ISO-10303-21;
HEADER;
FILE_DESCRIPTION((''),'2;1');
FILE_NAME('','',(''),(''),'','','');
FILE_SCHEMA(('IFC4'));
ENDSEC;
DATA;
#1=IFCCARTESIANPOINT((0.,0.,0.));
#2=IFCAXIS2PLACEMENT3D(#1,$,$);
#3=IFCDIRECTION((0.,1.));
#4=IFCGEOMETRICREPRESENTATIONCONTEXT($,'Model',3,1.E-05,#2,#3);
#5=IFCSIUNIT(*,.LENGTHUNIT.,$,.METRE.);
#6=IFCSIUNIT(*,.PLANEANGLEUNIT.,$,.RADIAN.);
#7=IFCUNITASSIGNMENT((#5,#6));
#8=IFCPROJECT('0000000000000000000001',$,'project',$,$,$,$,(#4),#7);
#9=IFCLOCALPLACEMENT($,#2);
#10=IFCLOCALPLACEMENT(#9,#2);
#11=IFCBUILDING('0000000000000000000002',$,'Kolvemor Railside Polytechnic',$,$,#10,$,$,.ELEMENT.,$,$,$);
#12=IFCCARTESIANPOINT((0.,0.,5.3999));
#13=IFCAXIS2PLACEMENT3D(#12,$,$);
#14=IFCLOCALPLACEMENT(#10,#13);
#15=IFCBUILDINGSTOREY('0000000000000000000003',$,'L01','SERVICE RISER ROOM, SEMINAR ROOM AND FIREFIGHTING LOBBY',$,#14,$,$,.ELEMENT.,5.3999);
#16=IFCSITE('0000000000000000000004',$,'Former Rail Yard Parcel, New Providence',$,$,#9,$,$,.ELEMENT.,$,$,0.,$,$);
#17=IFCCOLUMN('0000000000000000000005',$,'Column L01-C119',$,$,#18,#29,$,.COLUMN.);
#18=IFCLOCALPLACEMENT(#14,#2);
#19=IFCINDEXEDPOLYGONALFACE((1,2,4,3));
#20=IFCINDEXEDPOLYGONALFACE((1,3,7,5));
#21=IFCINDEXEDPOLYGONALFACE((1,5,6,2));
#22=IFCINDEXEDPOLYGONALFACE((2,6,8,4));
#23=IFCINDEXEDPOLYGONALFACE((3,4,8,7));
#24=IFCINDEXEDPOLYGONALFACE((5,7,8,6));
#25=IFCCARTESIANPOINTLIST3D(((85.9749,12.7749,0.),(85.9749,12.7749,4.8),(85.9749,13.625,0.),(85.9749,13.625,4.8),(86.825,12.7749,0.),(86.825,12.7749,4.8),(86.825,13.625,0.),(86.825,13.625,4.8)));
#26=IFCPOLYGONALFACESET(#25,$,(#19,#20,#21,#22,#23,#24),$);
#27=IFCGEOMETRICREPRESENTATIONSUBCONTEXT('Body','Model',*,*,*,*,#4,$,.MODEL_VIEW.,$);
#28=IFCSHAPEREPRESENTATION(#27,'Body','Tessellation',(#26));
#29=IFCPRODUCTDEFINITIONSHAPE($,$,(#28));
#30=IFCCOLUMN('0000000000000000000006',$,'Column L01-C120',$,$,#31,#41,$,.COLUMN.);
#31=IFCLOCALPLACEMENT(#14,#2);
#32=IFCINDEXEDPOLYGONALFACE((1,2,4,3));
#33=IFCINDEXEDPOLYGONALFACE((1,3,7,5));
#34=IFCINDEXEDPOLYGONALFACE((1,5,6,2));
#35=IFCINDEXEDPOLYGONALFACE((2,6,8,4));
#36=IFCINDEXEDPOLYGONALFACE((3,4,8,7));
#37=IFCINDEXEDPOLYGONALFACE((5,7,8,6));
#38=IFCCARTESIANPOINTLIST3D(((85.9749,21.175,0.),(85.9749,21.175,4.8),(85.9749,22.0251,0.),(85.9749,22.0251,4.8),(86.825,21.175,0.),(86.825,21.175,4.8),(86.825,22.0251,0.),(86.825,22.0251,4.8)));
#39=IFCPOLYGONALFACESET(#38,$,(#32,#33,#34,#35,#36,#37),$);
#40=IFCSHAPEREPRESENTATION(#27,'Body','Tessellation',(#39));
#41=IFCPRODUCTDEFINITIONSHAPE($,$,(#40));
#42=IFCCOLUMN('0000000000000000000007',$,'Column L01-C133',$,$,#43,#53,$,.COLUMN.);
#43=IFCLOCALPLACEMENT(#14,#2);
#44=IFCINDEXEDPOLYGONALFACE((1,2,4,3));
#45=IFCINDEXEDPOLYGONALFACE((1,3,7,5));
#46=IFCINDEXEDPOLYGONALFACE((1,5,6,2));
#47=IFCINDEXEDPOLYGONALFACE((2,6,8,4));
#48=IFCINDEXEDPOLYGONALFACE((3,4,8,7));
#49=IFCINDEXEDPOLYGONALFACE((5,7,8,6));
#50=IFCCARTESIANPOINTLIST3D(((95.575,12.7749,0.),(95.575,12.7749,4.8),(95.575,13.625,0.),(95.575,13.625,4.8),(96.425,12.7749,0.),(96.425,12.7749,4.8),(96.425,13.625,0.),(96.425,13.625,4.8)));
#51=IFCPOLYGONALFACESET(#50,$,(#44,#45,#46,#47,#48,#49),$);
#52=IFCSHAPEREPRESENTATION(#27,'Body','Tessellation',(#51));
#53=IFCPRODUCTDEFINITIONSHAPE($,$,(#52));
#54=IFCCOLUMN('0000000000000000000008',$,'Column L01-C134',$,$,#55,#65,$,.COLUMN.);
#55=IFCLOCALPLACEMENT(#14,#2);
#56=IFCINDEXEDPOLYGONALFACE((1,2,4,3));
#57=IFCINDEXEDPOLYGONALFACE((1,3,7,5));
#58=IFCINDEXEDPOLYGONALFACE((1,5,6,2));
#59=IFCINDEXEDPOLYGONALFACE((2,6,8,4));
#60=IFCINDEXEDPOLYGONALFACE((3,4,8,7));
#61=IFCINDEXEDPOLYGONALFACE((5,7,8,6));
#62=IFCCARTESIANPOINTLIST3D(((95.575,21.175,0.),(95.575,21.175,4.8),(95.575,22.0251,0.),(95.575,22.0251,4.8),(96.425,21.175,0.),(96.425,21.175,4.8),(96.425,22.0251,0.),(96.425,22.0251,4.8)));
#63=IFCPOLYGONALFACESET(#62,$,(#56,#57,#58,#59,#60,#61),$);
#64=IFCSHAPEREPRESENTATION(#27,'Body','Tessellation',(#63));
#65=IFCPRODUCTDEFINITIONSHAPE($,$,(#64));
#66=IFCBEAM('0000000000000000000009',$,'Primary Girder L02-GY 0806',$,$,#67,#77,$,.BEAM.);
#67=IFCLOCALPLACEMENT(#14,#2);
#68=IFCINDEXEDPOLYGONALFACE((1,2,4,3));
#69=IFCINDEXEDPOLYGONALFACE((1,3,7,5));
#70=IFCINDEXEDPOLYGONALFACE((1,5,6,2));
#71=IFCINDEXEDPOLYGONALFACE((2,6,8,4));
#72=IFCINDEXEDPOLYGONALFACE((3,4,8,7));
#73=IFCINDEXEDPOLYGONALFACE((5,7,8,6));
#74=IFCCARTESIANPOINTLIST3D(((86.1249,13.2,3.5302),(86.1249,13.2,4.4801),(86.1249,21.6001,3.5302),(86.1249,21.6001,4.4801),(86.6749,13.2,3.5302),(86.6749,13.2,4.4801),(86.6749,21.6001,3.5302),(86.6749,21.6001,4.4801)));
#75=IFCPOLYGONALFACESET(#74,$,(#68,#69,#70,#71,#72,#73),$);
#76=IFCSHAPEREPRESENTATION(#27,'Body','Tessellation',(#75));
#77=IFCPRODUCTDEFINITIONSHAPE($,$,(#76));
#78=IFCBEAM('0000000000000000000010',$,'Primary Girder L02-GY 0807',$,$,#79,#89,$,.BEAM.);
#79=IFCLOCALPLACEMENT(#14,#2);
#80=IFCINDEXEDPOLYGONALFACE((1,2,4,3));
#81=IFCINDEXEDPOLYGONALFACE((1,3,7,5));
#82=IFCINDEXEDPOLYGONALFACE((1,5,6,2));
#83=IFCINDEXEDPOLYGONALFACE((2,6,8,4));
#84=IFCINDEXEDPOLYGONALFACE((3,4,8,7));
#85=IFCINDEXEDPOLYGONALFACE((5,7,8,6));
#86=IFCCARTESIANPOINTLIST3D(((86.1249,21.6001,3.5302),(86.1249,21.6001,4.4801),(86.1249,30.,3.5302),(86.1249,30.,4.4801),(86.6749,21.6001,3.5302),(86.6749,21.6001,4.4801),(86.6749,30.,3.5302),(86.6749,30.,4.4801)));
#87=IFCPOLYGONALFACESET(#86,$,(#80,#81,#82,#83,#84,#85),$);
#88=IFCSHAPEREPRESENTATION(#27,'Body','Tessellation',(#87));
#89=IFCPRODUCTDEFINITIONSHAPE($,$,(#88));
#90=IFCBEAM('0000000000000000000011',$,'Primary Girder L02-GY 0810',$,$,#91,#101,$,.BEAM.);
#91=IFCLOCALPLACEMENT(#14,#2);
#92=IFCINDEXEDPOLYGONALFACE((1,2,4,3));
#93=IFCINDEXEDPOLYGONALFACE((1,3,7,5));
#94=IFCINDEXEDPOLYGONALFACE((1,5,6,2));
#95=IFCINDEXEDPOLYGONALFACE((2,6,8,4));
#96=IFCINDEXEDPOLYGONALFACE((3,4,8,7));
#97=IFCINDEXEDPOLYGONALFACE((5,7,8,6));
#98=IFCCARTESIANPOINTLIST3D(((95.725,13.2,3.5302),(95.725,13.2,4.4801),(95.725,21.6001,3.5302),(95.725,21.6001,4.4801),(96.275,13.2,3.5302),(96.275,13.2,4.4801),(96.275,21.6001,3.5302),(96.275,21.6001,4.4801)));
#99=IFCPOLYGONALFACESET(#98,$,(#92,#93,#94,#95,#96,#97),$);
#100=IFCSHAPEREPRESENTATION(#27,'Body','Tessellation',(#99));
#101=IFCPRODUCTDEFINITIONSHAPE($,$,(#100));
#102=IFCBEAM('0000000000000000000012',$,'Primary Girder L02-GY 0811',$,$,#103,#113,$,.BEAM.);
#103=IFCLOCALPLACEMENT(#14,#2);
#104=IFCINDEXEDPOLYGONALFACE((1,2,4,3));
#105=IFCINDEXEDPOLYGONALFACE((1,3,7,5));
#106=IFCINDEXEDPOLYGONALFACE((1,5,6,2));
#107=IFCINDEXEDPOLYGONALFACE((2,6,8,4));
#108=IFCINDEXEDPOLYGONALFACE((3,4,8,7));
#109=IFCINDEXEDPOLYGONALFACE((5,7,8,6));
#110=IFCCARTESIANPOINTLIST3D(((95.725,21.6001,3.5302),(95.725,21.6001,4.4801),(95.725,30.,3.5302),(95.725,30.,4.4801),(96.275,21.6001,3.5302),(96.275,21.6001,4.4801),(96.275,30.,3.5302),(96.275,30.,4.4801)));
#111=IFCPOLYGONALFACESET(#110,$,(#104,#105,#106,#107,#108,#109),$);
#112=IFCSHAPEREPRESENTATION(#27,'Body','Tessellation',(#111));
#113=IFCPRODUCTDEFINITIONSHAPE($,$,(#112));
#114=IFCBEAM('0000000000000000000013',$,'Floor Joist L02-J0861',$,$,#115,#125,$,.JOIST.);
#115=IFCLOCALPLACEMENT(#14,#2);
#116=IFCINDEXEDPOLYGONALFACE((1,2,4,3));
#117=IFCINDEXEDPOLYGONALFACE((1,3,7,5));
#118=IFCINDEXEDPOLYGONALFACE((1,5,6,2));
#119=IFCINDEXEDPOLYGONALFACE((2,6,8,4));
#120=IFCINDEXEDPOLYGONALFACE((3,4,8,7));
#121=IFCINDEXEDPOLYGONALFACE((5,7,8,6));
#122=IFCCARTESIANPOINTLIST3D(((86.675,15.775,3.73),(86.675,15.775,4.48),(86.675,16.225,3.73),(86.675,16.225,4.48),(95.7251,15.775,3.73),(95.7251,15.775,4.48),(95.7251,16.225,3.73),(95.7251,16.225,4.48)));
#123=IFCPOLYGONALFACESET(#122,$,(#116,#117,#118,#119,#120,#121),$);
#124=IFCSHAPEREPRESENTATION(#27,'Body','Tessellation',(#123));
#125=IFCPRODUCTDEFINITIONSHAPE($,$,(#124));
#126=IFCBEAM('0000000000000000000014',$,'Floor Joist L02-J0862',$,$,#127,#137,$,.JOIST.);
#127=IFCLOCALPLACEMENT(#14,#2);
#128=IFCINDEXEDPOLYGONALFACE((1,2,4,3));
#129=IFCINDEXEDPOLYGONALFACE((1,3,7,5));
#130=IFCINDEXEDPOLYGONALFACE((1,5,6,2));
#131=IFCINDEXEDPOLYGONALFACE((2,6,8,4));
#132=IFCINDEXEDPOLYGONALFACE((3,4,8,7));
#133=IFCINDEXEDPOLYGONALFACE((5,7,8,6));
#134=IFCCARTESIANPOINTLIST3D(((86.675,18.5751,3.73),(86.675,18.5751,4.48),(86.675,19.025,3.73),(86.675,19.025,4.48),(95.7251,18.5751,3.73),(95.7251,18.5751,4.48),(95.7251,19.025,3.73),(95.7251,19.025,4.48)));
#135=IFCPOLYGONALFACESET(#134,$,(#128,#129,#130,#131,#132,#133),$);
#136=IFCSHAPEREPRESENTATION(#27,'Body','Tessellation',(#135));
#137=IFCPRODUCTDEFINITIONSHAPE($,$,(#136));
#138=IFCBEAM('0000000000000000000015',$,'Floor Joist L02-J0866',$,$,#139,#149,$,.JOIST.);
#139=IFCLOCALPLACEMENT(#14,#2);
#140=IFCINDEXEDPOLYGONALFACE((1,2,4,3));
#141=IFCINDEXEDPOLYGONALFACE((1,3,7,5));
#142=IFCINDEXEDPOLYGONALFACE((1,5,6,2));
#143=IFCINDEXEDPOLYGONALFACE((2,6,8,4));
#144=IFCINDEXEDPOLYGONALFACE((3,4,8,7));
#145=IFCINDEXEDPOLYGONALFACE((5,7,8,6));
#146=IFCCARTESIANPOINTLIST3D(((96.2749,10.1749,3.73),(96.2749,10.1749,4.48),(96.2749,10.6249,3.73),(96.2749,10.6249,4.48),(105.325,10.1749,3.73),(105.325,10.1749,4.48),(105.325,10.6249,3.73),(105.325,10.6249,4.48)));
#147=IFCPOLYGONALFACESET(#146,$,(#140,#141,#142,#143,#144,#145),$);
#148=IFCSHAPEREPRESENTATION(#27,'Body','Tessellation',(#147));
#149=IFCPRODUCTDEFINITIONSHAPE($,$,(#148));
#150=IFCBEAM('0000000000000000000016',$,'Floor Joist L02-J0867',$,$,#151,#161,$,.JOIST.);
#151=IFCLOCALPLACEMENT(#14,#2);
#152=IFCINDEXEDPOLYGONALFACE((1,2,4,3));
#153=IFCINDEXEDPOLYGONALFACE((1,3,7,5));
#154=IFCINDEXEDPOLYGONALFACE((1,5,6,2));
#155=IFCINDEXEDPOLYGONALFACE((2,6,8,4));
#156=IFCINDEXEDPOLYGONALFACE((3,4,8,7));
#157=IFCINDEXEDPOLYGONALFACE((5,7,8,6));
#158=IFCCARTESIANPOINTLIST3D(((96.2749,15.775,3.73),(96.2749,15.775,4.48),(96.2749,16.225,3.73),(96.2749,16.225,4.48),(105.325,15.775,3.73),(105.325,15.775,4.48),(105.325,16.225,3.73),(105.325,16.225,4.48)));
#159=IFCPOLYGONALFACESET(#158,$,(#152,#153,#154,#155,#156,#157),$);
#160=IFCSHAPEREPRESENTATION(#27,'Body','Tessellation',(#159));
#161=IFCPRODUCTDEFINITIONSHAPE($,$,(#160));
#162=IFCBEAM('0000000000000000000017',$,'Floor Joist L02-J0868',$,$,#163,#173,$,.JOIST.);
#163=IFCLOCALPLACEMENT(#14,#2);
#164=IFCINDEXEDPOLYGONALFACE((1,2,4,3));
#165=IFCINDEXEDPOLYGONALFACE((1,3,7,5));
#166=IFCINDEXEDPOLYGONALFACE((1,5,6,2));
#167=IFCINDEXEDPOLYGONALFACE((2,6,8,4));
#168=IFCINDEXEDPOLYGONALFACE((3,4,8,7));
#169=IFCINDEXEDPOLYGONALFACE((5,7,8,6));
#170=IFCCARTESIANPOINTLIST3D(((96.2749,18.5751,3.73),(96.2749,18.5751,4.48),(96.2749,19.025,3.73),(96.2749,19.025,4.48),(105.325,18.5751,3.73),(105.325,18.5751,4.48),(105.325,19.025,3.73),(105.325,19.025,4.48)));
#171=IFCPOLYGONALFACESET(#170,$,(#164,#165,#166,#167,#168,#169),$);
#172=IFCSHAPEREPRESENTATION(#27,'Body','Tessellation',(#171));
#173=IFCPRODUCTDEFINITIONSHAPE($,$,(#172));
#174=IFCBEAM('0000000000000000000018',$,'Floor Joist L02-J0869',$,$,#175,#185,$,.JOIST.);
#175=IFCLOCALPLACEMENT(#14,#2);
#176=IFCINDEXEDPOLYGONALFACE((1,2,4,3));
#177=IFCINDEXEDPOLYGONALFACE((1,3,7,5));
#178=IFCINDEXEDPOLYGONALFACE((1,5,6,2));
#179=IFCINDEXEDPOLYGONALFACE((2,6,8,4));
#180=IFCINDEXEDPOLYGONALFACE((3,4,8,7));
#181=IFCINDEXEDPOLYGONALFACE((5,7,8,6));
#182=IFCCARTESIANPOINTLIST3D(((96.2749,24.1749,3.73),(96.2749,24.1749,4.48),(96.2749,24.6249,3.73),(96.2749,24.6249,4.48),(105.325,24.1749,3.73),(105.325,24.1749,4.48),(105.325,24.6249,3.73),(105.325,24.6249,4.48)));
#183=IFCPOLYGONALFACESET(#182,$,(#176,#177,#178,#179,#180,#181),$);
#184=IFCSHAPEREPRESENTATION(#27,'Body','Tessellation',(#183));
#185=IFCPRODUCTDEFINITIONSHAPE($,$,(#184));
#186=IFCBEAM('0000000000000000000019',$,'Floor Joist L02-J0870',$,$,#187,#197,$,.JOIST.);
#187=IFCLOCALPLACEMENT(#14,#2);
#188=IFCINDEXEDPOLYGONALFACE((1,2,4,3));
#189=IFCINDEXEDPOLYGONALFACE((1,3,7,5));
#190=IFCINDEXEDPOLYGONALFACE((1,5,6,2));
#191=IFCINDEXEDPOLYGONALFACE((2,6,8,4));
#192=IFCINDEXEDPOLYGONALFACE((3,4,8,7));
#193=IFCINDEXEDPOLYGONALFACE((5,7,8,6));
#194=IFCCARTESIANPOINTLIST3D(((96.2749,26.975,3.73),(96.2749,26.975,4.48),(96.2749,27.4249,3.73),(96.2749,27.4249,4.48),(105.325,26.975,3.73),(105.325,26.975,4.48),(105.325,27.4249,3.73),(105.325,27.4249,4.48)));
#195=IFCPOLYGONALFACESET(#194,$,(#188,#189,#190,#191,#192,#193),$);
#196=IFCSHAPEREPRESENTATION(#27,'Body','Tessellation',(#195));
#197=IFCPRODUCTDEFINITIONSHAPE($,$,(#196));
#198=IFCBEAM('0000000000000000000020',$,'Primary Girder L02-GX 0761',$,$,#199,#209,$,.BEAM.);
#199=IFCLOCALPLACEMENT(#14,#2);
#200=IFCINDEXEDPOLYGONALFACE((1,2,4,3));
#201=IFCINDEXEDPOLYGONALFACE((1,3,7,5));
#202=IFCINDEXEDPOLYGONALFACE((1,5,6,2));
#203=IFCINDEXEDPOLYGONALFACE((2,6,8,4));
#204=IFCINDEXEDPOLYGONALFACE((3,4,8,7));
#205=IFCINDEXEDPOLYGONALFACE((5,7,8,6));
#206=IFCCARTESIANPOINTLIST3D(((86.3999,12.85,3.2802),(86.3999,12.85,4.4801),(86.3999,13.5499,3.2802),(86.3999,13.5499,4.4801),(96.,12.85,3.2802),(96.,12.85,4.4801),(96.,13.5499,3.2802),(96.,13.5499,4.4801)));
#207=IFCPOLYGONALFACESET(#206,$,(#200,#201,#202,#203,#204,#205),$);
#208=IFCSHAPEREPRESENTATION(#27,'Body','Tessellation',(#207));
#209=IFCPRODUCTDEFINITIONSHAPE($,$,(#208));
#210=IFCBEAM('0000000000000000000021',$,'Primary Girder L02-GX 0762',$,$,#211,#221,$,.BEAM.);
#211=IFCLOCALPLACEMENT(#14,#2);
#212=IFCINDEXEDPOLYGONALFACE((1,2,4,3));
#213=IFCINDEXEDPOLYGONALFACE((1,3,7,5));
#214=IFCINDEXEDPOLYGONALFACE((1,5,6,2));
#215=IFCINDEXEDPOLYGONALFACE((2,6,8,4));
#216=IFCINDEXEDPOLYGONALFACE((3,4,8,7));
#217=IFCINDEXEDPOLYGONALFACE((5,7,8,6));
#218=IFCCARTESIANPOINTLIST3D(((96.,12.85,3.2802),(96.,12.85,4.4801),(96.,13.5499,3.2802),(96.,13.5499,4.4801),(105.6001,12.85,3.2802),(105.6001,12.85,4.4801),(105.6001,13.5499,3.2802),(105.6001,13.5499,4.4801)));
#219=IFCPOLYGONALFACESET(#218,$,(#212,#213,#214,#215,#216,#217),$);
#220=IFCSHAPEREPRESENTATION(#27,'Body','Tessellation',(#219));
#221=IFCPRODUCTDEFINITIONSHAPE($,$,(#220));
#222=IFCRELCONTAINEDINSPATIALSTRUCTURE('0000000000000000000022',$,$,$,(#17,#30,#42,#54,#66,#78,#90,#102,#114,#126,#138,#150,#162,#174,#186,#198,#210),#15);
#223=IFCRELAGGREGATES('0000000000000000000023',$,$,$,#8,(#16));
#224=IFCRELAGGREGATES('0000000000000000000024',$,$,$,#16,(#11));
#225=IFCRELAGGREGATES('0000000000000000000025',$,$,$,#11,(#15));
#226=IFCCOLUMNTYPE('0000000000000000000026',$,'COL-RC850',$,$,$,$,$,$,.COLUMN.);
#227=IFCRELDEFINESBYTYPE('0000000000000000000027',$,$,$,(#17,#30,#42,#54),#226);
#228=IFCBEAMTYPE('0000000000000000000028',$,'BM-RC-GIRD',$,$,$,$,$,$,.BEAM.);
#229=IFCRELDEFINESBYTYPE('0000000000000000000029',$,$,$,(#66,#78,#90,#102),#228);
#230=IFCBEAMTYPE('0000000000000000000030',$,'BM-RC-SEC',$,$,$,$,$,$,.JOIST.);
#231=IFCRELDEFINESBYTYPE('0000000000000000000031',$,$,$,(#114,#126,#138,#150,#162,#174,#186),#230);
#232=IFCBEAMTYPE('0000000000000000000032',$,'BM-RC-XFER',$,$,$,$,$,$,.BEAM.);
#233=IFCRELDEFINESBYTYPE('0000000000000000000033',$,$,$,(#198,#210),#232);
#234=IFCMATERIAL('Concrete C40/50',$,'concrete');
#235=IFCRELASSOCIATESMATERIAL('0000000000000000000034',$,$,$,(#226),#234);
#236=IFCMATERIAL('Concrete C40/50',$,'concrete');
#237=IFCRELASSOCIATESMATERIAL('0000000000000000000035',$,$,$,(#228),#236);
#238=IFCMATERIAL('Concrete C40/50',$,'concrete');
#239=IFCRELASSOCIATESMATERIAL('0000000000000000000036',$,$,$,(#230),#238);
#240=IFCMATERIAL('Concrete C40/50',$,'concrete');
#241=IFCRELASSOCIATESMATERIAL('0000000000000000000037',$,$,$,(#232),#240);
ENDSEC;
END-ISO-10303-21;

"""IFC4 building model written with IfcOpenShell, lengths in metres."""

from ifc_helpers import new_model, si_unit, direction, frame, origin, origin_2d, place, context, subcontext, project, spatial, rectangle, extrude, material, material_profile, profile_set, type_object, element, save


model = new_model("IFC4")

# Units and contexts
model_context = context("Model", 3, precision=1e-05, world=origin(), true_north=direction((0.0, 1.0)))
body_context = subcontext(model_context, "Body", "Model", "MODEL_VIEW")
ifc_project = project(units=[si_unit("LENGTHUNIT", "METRE"), si_unit("PLANEANGLEUNIT", "RADIAN")], contexts=[model_context])

# Site, building, storey
site_placement = place(None, origin())
site = spatial("IfcSite", under=ifc_project, at=site_placement, Name="Former Rail Yard Parcel, New Providence", CompositionType="ELEMENT", RefElevation=0.0)
building_placement = place(site_placement, origin())
building = spatial("IfcBuilding", under=site, at=building_placement, Name="Kolvemor Railside Polytechnic", CompositionType="ELEMENT")
storey_placement = place(building_placement, frame((0.0, 0.0, 5.3999)))
storey = spatial("IfcBuildingStorey", under=building, at=storey_placement, Name="L01", Description="SERVICE RISER ROOM, SEMINAR ROOM AND FIREFIGHTING LOBBY", CompositionType="ELEMENT", Elevation=5.3999)

# Columns
ifc_material_1 = material(Name="Concrete C40/50", Category="concrete")
ifc_material_profile_1 = material_profile(ifc_material_1, rectangle(XDim=0.8501, YDim=0.8501, at=origin_2d()), Name="RC850x850")
ifc_profile_set_1 = profile_set([ifc_material_profile_1], Name="Concrete C40/50")
column_type = type_object("IfcColumnType", Name="COL-RC850", PredefinedType="COLUMN", material=ifc_profile_set_1)
for number, where, z_axis, x_axis, name in (
    (1, (86.3999, 13.2, 0.0), (0.0, 0.0, 1.0), (1.0, 0.0, 0.0), "Column L01-C119"),
    (2, (86.3999, 21.6001, 0.0), (0.0, 0.0, 1.0), (1.0, 0.0, 0.0), "Column L01-C120"),
    (3, (96.0, 13.2, 0.0), (0.0, 0.0, 1.0), (1.0, 0.0, 0.0), "Column L01-C133"),
    (4, (96.0, 21.6001, 0.0), (0.0, 0.0, 1.0), (1.0, 0.0, 0.0), "Column L01-C134"),
):
    element("IfcColumn", number, at=place(storey_placement, frame(where, z_axis=z_axis, x_axis=x_axis)), inside=storey, type_object=column_type, Name=name, PredefinedType="COLUMN", context=body_context, shape_type="SweptSolid", body=[
        extrude(rectangle(XDim=0.8501, YDim=0.8501, at=origin_2d()), origin(), (0.0, 0.0, 1.0), 4.8),
    ])

# Beams
ifc_material_2 = material(Name="Concrete C40/50", Category="concrete")
ifc_material_profile_2 = material_profile(ifc_material_2, rectangle(XDim=0.55, YDim=0.95, at=origin_2d()), Name="RC550x950")
ifc_profile_set_2 = profile_set([ifc_material_profile_2], Name="Concrete C40/50")
beam_type_1 = type_object("IfcBeamType", Name="BM-RC-GIRD", PredefinedType="BEAM", material=ifc_profile_set_2)
beam_1_placement = place(storey_placement, frame((86.3999, 13.2, 4.0051), z_axis=(0.0, 1.0, 0.0), x_axis=(-1.0, 0.0, 0.0)))
element("IfcBeam", 5, at=beam_1_placement, inside=storey, type_object=beam_type_1, Name="Primary Girder L02-GY 0806", PredefinedType="BEAM", context=body_context, shape_type="SweptSolid", body=[
    extrude(rectangle(XDim=0.55, YDim=0.95, at=origin_2d()), origin(), (0.0, 0.0, 1.0), 8.4001),
])
beam_2_placement = place(storey_placement, frame((86.3999, 21.6001, 4.0051), z_axis=(0.0, 1.0, 0.0), x_axis=(-1.0, 0.0, 0.0)))
element("IfcBeam", 6, at=beam_2_placement, inside=storey, type_object=beam_type_1, Name="Primary Girder L02-GY 0807", PredefinedType="BEAM", context=body_context, shape_type="SweptSolid", body=[
    extrude(rectangle(XDim=0.55, YDim=0.95, at=origin_2d()), origin(), (0.0, 0.0, 1.0), 8.3999),
])
beam_3_placement = place(storey_placement, frame((96.0, 13.2, 4.0051), z_axis=(0.0, 1.0, 0.0), x_axis=(-1.0, 0.0, 0.0)))
element("IfcBeam", 7, at=beam_3_placement, inside=storey, type_object=beam_type_1, Name="Primary Girder L02-GY 0810", PredefinedType="BEAM", context=body_context, shape_type="SweptSolid", body=[
    extrude(rectangle(XDim=0.55, YDim=0.95, at=origin_2d()), origin(), (0.0, 0.0, 1.0), 8.4001),
])
beam_4_placement = place(storey_placement, frame((96.0, 21.6001, 4.0051), z_axis=(0.0, 1.0, 0.0), x_axis=(-1.0, 0.0, 0.0)))
element("IfcBeam", 8, at=beam_4_placement, inside=storey, type_object=beam_type_1, Name="Primary Girder L02-GY 0811", PredefinedType="BEAM", context=body_context, shape_type="SweptSolid", body=[
    extrude(rectangle(XDim=0.55, YDim=0.95, at=origin_2d()), origin(), (0.0, 0.0, 1.0), 8.3999),
])
ifc_material_3 = material(Name="Concrete C40/50", Category="concrete")
ifc_material_profile_3 = material_profile(ifc_material_3, rectangle(XDim=0.45, YDim=0.75, at=origin_2d()), Name="RC450x750")
ifc_profile_set_3 = profile_set([ifc_material_profile_3], Name="Concrete C40/50")
beam_type_2 = type_object("IfcBeamType", Name="BM-RC-SEC", PredefinedType="JOIST", material=ifc_profile_set_3)
for number, where, z_axis, x_axis, name in (
    (9, (86.675, 16.0, 4.105), (1.0, 0.0, 0.0), (0.0, 1.0, 0.0), "Floor Joist L02-J0861"),
    (10, (86.675, 18.8, 4.105), (1.0, 0.0, 0.0), (0.0, 1.0, 0.0), "Floor Joist L02-J0862"),
    (11, (96.2749, 10.3999, 4.105), (1.0, 0.0, 0.0), (0.0, 1.0, 0.0), "Floor Joist L02-J0866"),
    (12, (96.2749, 16.0, 4.105), (1.0, 0.0, 0.0), (0.0, 1.0, 0.0), "Floor Joist L02-J0867"),
    (13, (96.2749, 18.8, 4.105), (1.0, 0.0, 0.0), (0.0, 1.0, 0.0), "Floor Joist L02-J0868"),
    (14, (96.2749, 24.3999, 4.105), (1.0, 0.0, 0.0), (0.0, 1.0, 0.0), "Floor Joist L02-J0869"),
    (15, (96.2749, 27.2, 4.105), (1.0, 0.0, 0.0), (0.0, 1.0, 0.0), "Floor Joist L02-J0870"),
):
    element("IfcBeam", number, at=place(storey_placement, frame(where, z_axis=z_axis, x_axis=x_axis)), inside=storey, type_object=beam_type_2, Name=name, PredefinedType="JOIST", context=body_context, shape_type="SweptSolid", body=[
        extrude(rectangle(XDim=0.45, YDim=0.75, at=origin_2d()), origin(), (0.0, 0.0, 1.0), 9.05),
    ])
ifc_material_4 = material(Name="Concrete C40/50", Category="concrete")
ifc_material_profile_4 = material_profile(ifc_material_4, rectangle(XDim=0.7, YDim=1.2, at=origin_2d()), Name="RC700x1200")
ifc_profile_set_4 = profile_set([ifc_material_profile_4], Name="Concrete C40/50")
beam_type_3 = type_object("IfcBeamType", Name="BM-RC-XFER", PredefinedType="BEAM", material=ifc_profile_set_4)
for number, where, z_axis, x_axis, name in (
    (16, (86.3999, 13.2, 3.8801), (1.0, 0.0, 0.0), (0.0, 1.0, 0.0), "Primary Girder L02-GX 0761"),
    (17, (96.0, 13.2, 3.8801), (1.0, 0.0, 0.0), (0.0, 1.0, 0.0), "Primary Girder L02-GX 0762"),
):
    element("IfcBeam", number, at=place(storey_placement, frame(where, z_axis=z_axis, x_axis=x_axis)), inside=storey, type_object=beam_type_3, Name=name, PredefinedType="BEAM", context=body_context, shape_type="SweptSolid", body=[
        extrude(rectangle(XDim=0.7, YDim=1.2, at=origin_2d()), origin(), (0.0, 0.0, 1.0), 9.6001),
    ])

save(model, "model.ifc")
